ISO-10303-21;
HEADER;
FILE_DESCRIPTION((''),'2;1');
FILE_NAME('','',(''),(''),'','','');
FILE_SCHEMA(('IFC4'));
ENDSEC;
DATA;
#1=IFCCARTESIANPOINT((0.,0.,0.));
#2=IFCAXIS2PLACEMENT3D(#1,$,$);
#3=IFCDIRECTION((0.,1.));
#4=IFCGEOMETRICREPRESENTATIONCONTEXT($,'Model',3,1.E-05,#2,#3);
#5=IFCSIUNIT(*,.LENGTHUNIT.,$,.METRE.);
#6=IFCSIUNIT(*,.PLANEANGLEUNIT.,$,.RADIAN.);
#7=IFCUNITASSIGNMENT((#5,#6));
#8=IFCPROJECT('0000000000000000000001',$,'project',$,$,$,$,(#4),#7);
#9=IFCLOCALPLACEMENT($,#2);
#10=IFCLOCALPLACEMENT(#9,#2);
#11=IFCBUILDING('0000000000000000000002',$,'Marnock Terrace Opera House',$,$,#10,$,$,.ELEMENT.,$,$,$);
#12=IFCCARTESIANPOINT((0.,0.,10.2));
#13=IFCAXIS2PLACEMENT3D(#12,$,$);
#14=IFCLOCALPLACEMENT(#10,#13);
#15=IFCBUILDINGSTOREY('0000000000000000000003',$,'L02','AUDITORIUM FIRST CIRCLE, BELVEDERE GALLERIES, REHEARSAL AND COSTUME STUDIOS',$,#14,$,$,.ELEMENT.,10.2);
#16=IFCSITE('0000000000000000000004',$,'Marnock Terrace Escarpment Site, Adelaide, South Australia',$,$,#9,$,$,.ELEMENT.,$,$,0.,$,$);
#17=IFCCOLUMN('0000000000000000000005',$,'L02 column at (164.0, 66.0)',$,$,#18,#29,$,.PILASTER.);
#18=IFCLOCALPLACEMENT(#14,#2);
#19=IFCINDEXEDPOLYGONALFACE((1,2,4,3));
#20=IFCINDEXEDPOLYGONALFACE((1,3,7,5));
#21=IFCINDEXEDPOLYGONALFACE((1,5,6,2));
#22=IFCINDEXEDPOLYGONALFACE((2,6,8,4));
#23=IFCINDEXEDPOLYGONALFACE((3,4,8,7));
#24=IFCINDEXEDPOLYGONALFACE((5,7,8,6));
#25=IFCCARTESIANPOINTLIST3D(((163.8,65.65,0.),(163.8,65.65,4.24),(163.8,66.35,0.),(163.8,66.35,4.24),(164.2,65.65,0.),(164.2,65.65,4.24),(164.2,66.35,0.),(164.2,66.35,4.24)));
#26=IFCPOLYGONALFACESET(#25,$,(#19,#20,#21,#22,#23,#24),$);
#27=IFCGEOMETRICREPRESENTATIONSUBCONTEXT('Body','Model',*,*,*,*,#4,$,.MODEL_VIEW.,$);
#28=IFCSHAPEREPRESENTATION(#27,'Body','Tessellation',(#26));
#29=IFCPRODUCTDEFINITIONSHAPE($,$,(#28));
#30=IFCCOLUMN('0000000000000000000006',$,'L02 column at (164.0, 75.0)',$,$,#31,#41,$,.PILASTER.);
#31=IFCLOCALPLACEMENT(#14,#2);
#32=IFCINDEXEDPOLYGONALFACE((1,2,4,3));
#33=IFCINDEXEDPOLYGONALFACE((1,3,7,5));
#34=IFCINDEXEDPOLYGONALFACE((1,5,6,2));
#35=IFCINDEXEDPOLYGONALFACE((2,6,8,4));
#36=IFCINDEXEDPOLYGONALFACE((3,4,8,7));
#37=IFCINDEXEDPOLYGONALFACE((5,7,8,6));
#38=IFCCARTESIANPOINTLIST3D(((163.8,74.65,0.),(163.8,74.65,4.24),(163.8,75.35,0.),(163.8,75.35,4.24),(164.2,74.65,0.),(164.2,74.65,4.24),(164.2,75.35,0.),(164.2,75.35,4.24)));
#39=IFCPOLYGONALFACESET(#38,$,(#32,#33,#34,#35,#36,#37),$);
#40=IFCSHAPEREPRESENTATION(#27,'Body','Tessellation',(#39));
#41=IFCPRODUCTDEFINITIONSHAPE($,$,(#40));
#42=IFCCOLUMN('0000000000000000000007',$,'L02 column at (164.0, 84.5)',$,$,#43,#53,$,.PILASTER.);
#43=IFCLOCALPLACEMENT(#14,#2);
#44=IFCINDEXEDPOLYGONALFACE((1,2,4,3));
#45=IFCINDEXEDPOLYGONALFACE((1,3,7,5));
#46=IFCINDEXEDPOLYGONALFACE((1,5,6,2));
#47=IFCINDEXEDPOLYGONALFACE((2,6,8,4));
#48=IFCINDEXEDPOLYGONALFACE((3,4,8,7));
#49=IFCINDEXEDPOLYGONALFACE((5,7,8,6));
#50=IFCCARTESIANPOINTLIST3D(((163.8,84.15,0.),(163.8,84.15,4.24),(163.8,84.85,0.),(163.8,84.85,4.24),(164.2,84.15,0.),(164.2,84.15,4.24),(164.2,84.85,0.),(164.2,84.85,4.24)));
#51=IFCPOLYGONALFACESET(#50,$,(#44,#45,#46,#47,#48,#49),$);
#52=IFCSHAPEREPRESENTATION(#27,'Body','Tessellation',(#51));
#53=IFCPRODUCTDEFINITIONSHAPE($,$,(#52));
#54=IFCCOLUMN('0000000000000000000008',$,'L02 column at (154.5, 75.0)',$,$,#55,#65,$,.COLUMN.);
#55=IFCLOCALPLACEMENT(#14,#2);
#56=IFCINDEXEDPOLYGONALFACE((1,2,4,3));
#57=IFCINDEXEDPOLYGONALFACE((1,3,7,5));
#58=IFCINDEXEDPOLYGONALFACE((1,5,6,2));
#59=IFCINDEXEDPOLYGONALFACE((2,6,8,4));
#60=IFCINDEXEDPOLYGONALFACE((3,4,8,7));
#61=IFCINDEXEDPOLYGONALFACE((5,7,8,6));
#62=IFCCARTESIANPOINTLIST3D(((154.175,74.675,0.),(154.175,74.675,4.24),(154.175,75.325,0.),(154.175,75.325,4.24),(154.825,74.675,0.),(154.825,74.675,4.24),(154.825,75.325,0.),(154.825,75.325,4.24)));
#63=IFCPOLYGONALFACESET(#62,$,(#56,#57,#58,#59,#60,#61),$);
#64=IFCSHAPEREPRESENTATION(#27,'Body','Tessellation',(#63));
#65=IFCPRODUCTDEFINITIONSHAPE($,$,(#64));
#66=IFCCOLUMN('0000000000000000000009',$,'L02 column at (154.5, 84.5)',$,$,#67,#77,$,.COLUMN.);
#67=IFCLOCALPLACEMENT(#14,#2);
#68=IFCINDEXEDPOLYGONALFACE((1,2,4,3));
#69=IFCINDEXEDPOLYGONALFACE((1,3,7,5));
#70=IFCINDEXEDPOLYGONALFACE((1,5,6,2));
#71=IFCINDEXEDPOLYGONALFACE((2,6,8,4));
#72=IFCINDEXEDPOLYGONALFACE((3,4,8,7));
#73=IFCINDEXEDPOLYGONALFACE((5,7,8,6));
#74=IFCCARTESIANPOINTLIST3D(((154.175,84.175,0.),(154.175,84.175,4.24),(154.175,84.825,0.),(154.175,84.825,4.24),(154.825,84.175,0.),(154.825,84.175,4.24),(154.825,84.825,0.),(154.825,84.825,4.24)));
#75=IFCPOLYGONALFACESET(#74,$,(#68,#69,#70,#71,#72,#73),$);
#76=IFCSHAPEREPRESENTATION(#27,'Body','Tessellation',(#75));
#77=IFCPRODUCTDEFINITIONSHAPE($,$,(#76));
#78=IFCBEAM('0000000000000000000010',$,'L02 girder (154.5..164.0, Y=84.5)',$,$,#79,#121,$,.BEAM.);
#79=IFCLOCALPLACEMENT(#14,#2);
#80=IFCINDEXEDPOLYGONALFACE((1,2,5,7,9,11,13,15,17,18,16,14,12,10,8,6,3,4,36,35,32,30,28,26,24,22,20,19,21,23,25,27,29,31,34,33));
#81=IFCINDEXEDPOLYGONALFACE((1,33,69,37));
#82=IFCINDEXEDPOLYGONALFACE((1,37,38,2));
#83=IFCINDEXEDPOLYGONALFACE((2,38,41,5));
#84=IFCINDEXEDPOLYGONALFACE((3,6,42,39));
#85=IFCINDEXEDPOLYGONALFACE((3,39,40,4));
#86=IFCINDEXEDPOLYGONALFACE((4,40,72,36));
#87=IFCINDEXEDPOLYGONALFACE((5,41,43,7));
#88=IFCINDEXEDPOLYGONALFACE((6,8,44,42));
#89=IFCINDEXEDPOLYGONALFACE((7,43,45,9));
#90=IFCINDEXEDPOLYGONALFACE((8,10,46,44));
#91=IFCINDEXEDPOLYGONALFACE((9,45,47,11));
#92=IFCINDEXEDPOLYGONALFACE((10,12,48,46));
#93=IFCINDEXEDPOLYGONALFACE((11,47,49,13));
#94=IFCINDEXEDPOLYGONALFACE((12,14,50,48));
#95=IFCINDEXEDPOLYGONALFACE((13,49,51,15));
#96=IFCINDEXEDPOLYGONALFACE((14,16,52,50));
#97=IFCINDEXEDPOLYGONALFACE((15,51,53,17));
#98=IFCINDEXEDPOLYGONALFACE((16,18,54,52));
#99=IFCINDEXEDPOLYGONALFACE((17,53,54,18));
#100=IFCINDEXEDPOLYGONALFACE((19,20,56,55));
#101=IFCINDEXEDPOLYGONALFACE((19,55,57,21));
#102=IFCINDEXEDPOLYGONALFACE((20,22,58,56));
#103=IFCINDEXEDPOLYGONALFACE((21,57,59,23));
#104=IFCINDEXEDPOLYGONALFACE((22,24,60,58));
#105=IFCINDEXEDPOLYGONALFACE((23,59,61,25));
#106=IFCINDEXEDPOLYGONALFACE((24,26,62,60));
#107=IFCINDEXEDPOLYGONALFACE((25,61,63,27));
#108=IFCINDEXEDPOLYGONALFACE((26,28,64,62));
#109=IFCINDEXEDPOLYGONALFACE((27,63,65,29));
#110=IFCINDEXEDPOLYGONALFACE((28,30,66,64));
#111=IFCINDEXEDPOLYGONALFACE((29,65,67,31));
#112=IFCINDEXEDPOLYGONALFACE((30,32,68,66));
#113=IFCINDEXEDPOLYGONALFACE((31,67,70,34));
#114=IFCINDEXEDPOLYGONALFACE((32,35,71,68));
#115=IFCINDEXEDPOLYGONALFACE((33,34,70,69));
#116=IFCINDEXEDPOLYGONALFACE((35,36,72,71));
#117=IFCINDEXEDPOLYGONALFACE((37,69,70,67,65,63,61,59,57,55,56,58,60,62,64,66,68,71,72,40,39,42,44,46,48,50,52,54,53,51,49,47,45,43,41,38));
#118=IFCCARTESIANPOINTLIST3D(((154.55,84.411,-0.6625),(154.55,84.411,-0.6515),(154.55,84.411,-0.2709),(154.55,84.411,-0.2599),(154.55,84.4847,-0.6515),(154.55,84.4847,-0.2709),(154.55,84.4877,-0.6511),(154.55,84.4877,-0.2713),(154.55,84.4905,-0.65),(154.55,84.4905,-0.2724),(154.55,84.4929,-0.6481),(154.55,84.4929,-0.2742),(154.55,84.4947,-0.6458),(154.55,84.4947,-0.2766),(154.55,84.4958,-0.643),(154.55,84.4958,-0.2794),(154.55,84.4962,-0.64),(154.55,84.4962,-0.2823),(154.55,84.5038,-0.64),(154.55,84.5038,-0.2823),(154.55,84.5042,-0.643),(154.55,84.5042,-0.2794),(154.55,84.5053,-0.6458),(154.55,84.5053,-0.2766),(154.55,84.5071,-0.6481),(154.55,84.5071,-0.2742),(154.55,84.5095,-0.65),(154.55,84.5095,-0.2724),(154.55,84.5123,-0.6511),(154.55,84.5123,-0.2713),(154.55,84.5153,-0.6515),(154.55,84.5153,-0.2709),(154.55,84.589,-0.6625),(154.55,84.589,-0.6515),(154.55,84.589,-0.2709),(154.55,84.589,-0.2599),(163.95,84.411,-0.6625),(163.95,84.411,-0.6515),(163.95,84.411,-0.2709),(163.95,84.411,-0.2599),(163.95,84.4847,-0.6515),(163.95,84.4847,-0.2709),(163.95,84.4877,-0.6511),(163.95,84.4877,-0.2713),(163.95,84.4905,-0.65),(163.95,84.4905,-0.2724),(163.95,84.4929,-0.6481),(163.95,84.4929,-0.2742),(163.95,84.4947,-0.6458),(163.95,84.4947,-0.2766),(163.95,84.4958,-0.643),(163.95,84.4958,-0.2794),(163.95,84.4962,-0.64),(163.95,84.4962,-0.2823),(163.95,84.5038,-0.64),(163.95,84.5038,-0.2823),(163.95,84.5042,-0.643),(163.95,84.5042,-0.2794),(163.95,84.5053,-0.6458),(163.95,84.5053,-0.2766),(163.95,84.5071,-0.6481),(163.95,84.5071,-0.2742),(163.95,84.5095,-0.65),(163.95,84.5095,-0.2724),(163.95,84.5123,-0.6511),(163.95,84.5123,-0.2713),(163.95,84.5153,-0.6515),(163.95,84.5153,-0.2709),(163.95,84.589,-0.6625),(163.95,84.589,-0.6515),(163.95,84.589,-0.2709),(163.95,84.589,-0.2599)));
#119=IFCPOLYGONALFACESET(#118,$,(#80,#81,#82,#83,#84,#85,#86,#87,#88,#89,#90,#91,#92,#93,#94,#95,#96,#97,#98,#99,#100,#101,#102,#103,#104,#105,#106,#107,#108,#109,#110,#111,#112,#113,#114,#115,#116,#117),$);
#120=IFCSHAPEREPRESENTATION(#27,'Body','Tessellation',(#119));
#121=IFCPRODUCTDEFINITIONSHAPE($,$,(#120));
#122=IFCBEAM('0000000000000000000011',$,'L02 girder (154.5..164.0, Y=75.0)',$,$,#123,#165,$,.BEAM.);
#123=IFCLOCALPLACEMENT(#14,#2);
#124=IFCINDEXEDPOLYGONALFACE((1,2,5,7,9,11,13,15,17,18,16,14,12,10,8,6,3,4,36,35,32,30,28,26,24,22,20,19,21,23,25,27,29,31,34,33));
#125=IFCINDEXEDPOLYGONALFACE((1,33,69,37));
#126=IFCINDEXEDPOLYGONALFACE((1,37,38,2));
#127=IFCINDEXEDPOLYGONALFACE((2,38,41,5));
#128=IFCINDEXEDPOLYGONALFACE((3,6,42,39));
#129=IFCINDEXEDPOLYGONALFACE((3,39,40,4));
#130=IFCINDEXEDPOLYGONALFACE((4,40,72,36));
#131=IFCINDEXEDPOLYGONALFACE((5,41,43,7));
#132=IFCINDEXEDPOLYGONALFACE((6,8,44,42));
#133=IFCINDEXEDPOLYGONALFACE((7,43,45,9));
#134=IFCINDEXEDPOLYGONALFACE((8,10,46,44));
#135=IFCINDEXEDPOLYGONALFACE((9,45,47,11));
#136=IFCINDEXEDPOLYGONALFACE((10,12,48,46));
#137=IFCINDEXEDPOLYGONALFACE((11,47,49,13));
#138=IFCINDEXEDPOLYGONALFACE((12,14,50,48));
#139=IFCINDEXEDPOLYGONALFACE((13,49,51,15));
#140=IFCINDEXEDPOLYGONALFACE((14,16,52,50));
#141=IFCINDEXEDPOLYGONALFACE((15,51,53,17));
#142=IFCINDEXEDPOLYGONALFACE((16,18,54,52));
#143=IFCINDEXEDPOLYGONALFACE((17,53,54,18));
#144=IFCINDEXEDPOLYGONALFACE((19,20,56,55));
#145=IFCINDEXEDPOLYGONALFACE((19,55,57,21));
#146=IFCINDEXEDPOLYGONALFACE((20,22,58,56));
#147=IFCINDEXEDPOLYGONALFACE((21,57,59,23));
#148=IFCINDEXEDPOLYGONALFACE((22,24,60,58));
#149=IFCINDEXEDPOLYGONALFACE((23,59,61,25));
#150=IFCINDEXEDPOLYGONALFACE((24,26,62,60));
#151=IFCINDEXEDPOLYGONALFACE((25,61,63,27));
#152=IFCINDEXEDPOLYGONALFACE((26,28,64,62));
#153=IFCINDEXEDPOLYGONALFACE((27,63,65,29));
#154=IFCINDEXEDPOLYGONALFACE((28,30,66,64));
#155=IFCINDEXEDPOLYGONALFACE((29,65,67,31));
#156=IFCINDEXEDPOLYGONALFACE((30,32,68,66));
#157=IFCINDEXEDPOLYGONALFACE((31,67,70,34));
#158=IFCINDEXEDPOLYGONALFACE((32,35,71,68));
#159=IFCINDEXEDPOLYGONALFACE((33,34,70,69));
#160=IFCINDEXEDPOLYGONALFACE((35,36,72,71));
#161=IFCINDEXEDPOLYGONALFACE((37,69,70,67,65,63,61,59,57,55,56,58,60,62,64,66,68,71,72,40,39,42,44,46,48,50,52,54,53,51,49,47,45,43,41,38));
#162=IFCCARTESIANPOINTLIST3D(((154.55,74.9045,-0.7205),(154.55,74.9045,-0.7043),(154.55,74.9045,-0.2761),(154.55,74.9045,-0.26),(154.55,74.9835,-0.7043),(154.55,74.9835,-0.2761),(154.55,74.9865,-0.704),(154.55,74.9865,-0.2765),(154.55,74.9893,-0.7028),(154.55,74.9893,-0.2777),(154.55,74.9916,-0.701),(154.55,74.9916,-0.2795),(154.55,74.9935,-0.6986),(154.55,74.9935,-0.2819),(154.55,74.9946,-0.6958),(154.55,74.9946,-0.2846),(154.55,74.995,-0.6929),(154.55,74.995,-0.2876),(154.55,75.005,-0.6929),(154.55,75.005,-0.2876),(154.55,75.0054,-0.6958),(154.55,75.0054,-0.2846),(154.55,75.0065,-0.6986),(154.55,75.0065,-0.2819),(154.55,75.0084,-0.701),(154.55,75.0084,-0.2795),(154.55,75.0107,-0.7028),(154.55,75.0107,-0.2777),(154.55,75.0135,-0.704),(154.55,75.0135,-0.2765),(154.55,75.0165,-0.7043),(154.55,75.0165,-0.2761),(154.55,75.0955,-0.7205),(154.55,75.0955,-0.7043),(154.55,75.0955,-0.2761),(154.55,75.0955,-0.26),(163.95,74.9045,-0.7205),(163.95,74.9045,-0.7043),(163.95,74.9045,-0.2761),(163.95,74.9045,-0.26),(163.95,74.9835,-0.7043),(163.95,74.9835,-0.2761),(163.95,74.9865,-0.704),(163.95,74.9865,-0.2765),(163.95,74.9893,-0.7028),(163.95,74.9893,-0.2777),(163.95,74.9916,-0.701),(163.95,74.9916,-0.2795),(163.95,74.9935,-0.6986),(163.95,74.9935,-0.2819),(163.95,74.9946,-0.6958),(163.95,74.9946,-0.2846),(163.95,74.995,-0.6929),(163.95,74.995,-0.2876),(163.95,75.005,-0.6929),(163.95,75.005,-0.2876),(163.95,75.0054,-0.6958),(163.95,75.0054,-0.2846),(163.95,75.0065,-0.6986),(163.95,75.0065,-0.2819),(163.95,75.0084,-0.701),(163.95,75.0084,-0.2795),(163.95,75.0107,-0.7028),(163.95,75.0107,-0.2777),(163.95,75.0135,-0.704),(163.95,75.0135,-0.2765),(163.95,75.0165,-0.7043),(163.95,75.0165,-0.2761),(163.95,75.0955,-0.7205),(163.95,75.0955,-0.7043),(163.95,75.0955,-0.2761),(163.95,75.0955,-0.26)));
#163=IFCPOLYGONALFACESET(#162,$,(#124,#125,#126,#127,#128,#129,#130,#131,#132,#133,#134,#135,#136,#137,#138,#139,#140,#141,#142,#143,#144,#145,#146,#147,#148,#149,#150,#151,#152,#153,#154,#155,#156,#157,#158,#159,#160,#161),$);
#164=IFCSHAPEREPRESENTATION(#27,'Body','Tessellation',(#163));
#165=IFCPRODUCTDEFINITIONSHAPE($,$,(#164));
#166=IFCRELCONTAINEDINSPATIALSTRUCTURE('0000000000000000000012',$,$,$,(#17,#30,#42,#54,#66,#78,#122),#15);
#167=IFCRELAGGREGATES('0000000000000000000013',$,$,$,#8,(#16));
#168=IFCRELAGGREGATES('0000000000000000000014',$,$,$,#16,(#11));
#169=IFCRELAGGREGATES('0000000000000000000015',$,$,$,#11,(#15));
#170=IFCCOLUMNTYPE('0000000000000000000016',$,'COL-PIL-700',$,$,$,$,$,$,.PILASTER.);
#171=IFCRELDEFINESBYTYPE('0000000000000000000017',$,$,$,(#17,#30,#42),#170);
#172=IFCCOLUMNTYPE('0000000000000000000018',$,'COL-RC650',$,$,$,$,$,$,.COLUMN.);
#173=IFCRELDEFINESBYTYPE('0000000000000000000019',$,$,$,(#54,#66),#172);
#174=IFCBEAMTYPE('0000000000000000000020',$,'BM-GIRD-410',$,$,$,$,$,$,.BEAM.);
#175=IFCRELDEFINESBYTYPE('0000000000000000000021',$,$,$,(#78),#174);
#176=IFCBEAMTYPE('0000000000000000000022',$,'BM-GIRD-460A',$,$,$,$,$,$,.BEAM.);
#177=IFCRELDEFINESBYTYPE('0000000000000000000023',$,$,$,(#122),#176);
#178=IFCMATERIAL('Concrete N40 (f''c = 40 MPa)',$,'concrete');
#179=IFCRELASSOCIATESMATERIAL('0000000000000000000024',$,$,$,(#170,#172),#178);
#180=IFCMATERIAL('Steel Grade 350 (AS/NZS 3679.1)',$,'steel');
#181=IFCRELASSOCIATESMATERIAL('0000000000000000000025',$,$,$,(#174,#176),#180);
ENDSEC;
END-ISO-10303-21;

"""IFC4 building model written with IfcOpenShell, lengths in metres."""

from ifc_helpers import new_model, si_unit, direction, frame, origin, origin_2d, place, context, subcontext, project, spatial, rectangle, i_section, extrude, material, material_profile, profile_set, type_object, element, save


model = new_model("IFC4")

# Units and contexts
model_context = context("Model", 3, precision=1e-05, world=origin(), true_north=direction((0.0, 1.0)))
body_context = subcontext(model_context, "Body", "Model", "MODEL_VIEW")
ifc_project = project(units=[si_unit("LENGTHUNIT", "METRE"), si_unit("PLANEANGLEUNIT", "RADIAN")], contexts=[model_context])

# Site, building, storey
site_placement = place(None, origin())
site = spatial("IfcSite", under=ifc_project, at=site_placement, Name="Marnock Terrace Escarpment Site, Adelaide, South Australia", CompositionType="ELEMENT", RefElevation=0.0)
building_placement = place(site_placement, origin())
building = spatial("IfcBuilding", under=site, at=building_placement, Name="Marnock Terrace Opera House", CompositionType="ELEMENT")
storey_placement = place(building_placement, frame((0.0, 0.0, 10.2)))
storey = spatial("IfcBuildingStorey", under=building, at=storey_placement, Name="L02", Description="AUDITORIUM FIRST CIRCLE, BELVEDERE GALLERIES, REHEARSAL AND COSTUME STUDIOS", CompositionType="ELEMENT", Elevation=10.2)

# Columns
ifc_material_1 = material(Name="Concrete N40 (f'c = 40 MPa)", Category="concrete")
ifc_material_profile_1 = material_profile(ifc_material_1, rectangle(XDim=0.3999, YDim=0.7, at=origin_2d()))
ifc_profile_set_1 = profile_set([ifc_material_profile_1], Name="Concrete N40 (f'c = 40 MPa)")
column_type_1 = type_object("IfcColumnType", Name="COL-PIL-700", PredefinedType="PILASTER", material=ifc_profile_set_1)
for number, where, z_axis, x_axis, name in (
    (1, (164.0, 66.0, 0.0), (0.0, 0.0, 1.0), (1.0, 0.0, 0.0), "L02 column at (164.0, 66.0)"),
    (2, (164.0, 75.0, 0.0), (0.0, 0.0, 1.0), (1.0, 0.0, 0.0), "L02 column at (164.0, 75.0)"),
    (3, (164.0, 84.5, 0.0), (0.0, 0.0, 1.0), (1.0, 0.0, 0.0), "L02 column at (164.0, 84.5)"),
):
    element("IfcColumn", number, at=place(storey_placement, frame(where, z_axis=z_axis, x_axis=x_axis)), inside=storey, type_object=column_type_1, Name=name, PredefinedType="PILASTER", context=body_context, shape_type="SweptSolid", body=[
        extrude(rectangle(XDim=0.3999, YDim=0.7, at=origin_2d()), origin(), (0.0, 0.0, 1.0), 4.24),
    ])
ifc_material_profile_2 = material_profile(ifc_material_1, rectangle(XDim=0.6499, YDim=0.6499, at=origin_2d()))
ifc_profile_set_2 = profile_set([ifc_material_profile_2], Name="Concrete N40 (f'c = 40 MPa)")
column_type_2 = type_object("IfcColumnType", Name="COL-RC650", PredefinedType="COLUMN", material=ifc_profile_set_2)
for number, where, z_axis, x_axis, name in (
    (4, (154.5, 75.0, 0.0), (0.0, 0.0, 1.0), (1.0, 0.0, 0.0), "L02 column at (154.5, 75.0)"),
    (5, (154.5, 84.5, 0.0), (0.0, 0.0, 1.0), (1.0, 0.0, 0.0), "L02 column at (154.5, 84.5)"),
):
    element("IfcColumn", number, at=place(storey_placement, frame(where, z_axis=z_axis, x_axis=x_axis)), inside=storey, type_object=column_type_2, Name=name, PredefinedType="COLUMN", context=body_context, shape_type="SweptSolid", body=[
        extrude(rectangle(XDim=0.6499, YDim=0.6499, at=origin_2d()), origin(), (0.0, 0.0, 1.0), 4.24),
    ])

# Beams
ifc_material_2 = material(Name="Steel Grade 350 (AS/NZS 3679.1)", Category="steel")
ifc_material_profile_3 = material_profile(ifc_material_2, i_section(OverallWidth=0.178, OverallDepth=0.4026, WebThickness=0.0076, FlangeThickness=0.011, FilletRadius=0.0115, at=origin_2d()))
ifc_profile_set_3 = profile_set([ifc_material_profile_3], Name="Steel Grade 350 (AS/NZS 3679.1)")
beam_type_1 = type_object("IfcBeamType", Name="BM-GIRD-410", PredefinedType="BEAM", material=ifc_profile_set_3)
beam_1_placement = place(storey_placement, frame((154.55, 84.5, -0.4612), z_axis=(1.0, 0.0, 0.0), x_axis=(0.0, 1.0, 0.0)))
element("IfcBeam", 6, at=beam_1_placement, inside=storey, type_object=beam_type_1, Name="L02 girder (154.5..164.0, Y=84.5)", PredefinedType="BEAM", context=body_context, shape_type="SweptSolid", body=[
    extrude(i_section(OverallWidth=0.178, OverallDepth=0.4026, WebThickness=0.0076, FlangeThickness=0.011, FilletRadius=0.0115, at=origin_2d()), origin(), (0.0, 0.0, 1.0), 9.3999),
])
ifc_material_profile_4 = material_profile(ifc_material_2, i_section(OverallWidth=0.1909, OverallDepth=0.4604, WebThickness=0.01, FlangeThickness=0.0161, FilletRadius=0.0115, at=origin_2d()))
ifc_profile_set_4 = profile_set([ifc_material_profile_4], Name="Steel Grade 350 (AS/NZS 3679.1)")
beam_type_2 = type_object("IfcBeamType", Name="BM-GIRD-460A", PredefinedType="BEAM", material=ifc_profile_set_4)
beam_2_placement = place(storey_placement, frame((154.55, 75.0, -0.4902), z_axis=(1.0, 0.0, 0.0), x_axis=(0.0, 1.0, 0.0)))
element("IfcBeam", 7, at=beam_2_placement, inside=storey, type_object=beam_type_2, Name="L02 girder (154.5..164.0, Y=75.0)", PredefinedType="BEAM", context=body_context, shape_type="SweptSolid", body=[
    extrude(i_section(OverallWidth=0.1909, OverallDepth=0.4604, WebThickness=0.01, FlangeThickness=0.0161, FilletRadius=0.0115, at=origin_2d()), origin(), (0.0, 0.0, 1.0), 9.3999),
])

save(model, "model.ifc")
